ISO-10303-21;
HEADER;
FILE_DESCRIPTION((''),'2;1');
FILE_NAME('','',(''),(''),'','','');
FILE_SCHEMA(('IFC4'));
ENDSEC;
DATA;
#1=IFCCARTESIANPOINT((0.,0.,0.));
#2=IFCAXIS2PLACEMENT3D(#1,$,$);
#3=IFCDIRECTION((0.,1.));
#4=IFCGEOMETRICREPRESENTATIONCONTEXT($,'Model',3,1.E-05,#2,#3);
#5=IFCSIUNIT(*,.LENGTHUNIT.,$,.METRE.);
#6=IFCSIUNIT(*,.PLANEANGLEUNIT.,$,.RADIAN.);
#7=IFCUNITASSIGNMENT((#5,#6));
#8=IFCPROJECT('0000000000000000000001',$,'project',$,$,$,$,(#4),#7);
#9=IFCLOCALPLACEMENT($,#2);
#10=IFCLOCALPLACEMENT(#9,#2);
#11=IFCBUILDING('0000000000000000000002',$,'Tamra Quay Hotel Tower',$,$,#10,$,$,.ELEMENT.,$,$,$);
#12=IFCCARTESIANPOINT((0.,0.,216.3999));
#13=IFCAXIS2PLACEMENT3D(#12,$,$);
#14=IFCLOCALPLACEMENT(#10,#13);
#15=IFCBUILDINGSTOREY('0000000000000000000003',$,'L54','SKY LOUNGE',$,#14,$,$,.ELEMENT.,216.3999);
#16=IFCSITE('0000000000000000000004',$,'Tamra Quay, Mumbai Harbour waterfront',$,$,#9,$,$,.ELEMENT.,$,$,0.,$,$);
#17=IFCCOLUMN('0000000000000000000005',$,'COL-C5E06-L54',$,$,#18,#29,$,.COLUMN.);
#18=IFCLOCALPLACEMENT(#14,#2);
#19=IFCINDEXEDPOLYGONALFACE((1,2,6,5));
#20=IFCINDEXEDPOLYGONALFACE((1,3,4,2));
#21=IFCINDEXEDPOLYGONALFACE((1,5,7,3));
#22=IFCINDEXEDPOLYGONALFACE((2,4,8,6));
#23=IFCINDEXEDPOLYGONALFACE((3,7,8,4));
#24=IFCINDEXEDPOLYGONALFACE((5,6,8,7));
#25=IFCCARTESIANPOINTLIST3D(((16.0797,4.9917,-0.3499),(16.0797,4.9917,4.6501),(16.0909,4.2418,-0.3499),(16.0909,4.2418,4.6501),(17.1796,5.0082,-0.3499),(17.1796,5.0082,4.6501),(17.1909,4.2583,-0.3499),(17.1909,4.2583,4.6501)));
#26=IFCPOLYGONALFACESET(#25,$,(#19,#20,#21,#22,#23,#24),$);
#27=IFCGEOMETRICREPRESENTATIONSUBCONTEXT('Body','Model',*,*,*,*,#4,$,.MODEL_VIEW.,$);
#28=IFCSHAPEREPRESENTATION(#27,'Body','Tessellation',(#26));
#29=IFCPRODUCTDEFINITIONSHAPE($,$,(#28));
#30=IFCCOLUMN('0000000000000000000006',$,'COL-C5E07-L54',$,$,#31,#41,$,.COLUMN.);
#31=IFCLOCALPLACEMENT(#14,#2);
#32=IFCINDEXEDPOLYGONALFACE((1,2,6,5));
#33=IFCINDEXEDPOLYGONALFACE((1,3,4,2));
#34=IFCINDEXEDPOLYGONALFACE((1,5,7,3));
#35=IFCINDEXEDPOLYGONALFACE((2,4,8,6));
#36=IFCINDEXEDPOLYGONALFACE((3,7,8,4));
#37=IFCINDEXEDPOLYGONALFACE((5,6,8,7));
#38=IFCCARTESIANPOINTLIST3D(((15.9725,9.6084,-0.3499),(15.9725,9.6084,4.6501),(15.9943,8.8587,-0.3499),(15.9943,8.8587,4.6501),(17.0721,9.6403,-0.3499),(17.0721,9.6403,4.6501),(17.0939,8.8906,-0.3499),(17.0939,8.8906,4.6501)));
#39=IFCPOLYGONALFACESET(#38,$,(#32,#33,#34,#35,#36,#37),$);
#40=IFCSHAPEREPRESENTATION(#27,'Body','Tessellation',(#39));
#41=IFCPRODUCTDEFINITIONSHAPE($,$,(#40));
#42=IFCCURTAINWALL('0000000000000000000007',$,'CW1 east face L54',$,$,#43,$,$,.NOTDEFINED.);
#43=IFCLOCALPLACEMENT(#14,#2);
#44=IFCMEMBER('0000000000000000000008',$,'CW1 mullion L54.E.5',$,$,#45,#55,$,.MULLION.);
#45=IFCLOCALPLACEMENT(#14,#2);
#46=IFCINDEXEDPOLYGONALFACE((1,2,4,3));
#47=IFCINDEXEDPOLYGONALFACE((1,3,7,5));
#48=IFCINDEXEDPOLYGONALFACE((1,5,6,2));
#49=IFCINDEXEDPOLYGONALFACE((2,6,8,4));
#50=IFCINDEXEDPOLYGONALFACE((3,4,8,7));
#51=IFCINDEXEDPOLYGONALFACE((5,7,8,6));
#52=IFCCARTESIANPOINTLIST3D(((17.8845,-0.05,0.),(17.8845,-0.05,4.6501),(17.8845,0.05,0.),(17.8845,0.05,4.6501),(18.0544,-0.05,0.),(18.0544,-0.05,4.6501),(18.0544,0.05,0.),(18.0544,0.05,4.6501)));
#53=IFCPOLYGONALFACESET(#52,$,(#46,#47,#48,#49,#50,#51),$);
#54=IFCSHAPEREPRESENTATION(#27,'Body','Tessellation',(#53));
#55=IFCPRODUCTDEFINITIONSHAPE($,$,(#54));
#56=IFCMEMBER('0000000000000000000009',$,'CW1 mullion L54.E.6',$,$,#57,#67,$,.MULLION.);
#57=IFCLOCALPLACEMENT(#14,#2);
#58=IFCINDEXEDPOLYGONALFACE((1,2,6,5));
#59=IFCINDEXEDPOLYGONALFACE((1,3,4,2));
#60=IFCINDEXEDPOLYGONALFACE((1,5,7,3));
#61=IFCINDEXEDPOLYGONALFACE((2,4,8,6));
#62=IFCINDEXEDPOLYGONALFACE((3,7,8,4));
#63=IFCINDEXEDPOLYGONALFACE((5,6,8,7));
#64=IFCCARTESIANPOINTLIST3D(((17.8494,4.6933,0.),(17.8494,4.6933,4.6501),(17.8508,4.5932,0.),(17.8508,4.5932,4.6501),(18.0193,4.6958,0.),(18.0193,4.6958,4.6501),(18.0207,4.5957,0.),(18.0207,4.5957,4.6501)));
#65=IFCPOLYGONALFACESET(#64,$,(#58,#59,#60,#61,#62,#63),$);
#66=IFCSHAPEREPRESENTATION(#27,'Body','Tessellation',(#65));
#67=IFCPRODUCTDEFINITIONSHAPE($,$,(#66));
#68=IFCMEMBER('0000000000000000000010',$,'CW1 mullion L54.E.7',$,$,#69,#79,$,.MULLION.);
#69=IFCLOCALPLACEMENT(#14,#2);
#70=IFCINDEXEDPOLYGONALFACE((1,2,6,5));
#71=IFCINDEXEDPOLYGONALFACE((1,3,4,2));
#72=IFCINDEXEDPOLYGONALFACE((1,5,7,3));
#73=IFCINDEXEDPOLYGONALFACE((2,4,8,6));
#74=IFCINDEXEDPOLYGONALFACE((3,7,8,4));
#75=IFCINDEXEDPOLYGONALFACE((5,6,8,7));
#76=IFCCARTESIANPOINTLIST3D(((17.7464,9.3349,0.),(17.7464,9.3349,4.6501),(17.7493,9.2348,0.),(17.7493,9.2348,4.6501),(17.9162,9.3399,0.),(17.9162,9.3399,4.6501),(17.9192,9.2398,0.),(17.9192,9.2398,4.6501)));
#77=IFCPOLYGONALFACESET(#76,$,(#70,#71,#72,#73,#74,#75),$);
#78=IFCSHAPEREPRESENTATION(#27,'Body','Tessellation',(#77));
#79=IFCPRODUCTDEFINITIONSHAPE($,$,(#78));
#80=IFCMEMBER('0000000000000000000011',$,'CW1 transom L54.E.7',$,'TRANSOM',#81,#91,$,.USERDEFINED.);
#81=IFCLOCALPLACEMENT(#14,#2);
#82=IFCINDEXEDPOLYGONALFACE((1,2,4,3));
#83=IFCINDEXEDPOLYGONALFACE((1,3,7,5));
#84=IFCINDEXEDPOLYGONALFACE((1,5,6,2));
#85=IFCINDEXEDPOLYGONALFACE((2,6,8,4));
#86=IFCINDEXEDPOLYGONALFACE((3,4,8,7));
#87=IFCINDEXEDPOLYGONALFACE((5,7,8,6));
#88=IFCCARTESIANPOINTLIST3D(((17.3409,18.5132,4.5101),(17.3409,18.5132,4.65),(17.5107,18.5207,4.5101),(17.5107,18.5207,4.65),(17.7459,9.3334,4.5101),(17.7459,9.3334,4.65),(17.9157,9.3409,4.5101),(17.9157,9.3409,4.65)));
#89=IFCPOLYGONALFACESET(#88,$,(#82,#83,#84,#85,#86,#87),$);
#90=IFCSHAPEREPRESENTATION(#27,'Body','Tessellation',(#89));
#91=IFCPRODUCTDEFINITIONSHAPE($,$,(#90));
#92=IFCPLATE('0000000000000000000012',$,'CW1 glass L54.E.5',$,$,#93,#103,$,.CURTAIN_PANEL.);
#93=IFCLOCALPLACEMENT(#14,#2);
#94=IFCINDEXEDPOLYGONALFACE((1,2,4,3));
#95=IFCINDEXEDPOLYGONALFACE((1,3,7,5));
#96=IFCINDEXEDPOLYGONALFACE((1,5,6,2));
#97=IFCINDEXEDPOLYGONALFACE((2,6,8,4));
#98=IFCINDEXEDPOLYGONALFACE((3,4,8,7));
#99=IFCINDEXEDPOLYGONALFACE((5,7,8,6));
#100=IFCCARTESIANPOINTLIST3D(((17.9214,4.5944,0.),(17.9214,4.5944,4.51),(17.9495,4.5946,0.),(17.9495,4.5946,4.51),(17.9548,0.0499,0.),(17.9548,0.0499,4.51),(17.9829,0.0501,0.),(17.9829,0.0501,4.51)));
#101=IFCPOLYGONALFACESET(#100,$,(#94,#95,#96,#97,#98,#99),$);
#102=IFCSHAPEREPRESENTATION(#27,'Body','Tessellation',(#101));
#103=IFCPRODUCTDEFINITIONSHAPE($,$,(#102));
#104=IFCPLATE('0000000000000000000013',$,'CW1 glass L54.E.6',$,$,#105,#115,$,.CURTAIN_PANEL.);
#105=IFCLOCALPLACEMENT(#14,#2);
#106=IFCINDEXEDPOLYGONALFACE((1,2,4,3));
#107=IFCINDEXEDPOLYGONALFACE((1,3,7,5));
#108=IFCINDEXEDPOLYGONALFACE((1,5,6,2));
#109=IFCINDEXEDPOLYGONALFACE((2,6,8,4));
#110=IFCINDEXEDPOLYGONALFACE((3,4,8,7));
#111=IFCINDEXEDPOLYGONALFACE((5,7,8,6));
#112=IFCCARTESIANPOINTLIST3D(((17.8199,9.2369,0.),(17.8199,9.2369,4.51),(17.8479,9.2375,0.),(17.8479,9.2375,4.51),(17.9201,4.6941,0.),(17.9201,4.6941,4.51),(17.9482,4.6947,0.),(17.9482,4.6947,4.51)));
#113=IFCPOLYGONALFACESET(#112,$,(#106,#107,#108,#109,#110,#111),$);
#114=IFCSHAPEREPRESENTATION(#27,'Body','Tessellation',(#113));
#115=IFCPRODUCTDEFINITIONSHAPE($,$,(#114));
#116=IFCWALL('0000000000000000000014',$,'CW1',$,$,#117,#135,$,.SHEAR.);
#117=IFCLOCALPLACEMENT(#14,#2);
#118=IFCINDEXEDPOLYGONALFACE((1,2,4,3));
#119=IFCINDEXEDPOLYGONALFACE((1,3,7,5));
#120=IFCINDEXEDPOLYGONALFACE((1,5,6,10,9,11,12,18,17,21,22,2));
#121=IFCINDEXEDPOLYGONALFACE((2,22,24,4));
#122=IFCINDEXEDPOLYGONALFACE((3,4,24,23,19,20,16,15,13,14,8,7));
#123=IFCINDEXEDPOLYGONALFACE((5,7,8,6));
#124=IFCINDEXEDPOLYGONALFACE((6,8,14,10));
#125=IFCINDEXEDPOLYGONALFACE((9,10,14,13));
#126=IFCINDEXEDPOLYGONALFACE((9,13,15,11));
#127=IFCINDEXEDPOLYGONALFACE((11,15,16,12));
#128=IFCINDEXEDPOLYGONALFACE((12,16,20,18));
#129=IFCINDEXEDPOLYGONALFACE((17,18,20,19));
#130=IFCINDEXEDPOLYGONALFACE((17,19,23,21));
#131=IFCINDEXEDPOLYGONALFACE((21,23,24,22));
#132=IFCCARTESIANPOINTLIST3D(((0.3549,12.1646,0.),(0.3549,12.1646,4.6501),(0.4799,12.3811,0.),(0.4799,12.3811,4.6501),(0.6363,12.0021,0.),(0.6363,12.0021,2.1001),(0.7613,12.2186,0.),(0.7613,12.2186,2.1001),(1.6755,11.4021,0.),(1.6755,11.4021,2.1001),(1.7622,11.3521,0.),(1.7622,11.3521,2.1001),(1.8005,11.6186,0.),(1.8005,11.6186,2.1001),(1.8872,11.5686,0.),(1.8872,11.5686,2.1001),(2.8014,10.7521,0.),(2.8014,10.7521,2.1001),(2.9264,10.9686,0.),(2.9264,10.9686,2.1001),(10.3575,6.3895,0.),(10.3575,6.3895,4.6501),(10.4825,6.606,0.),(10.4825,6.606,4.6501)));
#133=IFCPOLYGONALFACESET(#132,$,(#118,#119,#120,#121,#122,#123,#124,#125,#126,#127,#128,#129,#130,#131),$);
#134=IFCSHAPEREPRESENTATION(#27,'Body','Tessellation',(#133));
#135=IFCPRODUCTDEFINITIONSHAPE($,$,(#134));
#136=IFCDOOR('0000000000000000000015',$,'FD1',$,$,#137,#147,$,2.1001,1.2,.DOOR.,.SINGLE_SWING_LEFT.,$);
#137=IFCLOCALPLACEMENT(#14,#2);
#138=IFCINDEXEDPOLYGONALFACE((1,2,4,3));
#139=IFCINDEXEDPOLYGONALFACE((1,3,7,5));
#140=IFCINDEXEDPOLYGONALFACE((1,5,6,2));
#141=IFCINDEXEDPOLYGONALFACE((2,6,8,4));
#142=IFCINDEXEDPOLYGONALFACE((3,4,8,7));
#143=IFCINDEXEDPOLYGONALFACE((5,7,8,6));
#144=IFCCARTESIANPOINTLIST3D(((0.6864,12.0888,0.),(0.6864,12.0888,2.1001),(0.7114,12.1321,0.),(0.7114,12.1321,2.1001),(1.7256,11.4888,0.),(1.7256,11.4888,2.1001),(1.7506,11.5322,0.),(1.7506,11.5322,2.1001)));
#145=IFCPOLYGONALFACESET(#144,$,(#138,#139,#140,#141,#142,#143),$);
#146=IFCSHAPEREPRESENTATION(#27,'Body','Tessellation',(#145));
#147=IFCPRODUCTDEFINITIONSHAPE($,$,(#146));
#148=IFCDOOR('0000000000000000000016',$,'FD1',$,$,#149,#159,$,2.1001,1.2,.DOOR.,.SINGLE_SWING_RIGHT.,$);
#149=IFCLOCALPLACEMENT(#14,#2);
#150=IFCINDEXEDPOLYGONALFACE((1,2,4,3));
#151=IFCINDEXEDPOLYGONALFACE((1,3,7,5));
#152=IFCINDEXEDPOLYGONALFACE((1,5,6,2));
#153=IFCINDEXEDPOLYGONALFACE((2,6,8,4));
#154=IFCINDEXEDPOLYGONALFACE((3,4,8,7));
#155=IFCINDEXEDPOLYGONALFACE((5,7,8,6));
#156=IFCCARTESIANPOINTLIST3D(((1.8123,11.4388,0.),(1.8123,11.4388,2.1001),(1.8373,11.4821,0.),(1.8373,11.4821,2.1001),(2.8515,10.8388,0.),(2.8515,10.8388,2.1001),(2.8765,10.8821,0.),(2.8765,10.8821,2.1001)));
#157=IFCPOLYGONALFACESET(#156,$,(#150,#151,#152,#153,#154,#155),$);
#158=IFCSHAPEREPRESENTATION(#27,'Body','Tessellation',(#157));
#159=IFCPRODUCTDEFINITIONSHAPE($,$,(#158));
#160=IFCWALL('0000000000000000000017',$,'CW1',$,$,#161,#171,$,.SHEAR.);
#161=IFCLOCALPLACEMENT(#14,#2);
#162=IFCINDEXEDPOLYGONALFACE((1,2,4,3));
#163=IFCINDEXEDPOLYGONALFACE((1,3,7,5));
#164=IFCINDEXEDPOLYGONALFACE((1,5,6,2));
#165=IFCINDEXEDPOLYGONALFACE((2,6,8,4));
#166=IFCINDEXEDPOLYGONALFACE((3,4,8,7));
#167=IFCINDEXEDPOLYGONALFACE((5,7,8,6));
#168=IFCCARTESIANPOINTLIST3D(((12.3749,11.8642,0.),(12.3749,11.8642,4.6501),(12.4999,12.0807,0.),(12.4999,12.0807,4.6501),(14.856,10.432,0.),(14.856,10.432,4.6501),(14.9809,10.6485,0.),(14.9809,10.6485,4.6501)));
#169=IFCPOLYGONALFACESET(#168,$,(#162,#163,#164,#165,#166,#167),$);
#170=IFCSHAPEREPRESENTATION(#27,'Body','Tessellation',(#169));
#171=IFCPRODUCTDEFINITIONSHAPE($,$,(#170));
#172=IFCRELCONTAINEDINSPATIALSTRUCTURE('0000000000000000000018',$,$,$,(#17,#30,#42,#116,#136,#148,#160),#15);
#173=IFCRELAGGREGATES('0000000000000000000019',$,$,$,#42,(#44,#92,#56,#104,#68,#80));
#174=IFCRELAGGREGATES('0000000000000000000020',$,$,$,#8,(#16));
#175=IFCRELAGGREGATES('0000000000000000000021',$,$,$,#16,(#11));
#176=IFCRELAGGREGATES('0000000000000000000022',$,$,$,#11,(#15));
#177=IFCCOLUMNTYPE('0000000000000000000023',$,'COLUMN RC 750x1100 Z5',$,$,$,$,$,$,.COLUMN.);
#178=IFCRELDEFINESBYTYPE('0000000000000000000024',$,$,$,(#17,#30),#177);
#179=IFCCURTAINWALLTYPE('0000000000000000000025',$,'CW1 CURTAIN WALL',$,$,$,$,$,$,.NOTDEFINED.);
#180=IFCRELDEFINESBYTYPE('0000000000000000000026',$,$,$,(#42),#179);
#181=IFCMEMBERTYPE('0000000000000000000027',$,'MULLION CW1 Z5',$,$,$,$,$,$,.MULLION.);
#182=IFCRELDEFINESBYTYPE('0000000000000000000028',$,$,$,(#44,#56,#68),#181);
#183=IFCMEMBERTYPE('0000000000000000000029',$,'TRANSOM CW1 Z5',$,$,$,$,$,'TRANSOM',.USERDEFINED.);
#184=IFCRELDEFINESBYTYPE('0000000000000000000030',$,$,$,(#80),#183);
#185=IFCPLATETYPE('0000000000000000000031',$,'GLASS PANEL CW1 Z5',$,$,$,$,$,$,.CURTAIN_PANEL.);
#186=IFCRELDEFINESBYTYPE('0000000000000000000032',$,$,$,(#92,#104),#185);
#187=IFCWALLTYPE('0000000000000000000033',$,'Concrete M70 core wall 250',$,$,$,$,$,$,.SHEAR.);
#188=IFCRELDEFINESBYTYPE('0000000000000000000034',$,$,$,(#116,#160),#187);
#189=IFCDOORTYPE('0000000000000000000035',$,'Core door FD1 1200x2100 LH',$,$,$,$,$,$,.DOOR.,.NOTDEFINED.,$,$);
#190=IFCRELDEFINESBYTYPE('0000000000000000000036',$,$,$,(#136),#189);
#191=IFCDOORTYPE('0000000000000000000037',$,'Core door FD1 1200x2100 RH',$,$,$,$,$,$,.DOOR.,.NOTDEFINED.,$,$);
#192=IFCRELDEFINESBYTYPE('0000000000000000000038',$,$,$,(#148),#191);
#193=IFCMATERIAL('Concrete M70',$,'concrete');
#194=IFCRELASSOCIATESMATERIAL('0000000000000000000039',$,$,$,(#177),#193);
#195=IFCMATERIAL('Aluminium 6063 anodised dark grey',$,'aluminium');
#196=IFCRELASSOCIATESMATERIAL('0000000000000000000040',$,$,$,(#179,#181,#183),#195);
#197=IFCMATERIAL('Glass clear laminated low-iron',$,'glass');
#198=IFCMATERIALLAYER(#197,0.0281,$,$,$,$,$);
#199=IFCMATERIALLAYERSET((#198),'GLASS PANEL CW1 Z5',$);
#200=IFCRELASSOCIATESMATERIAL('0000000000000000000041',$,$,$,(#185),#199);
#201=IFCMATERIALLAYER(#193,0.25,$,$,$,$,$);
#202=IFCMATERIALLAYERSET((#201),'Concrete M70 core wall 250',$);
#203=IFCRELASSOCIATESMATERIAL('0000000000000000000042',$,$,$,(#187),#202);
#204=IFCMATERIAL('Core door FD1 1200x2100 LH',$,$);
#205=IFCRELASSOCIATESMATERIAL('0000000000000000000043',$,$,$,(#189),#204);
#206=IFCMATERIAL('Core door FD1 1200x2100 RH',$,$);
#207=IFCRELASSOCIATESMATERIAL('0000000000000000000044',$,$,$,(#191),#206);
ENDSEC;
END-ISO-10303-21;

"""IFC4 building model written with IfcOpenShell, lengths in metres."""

from ifc_helpers import new_model, si_unit, direction, frame, frame_2d, origin, origin_2d, place, context, subcontext, project, spatial, rectangle, extrude, material, layer, layer_set, material_profile, profile_set, type_object, element, fill, aggregate, save


model = new_model("IFC4")

# Units and contexts
model_context = context("Model", 3, precision=1e-05, world=origin(), true_north=direction((0.0, 1.0)))
body_context = subcontext(model_context, "Body", "Model", "MODEL_VIEW")
ifc_project = project(units=[si_unit("LENGTHUNIT", "METRE"), si_unit("PLANEANGLEUNIT", "RADIAN")], contexts=[model_context])

# Site, building, storey
site_placement = place(None, origin())
site = spatial("IfcSite", under=ifc_project, at=site_placement, Name="Tamra Quay, Mumbai Harbour waterfront", CompositionType="ELEMENT", RefElevation=0.0)
building_placement = place(site_placement, origin())
building = spatial("IfcBuilding", under=site, at=building_placement, Name="Tamra Quay Hotel Tower", CompositionType="ELEMENT")
storey_placement = place(building_placement, frame((0.0, 0.0, 216.3999)))
storey = spatial("IfcBuildingStorey", under=building, at=storey_placement, Name="L54", Description="SKY LOUNGE", CompositionType="ELEMENT", Elevation=216.3999)

# Columns
ifc_material_1 = material(Name="Concrete M70", Category="concrete")
ifc_material_profile_1 = material_profile(ifc_material_1, rectangle(XDim=1.1001, YDim=0.75, at=origin_2d()), Name="COLUMN RC 750x1100 Z5")
ifc_profile_set_1 = profile_set([ifc_material_profile_1], Name="Concrete M70")
column_type = type_object("IfcColumnType", Name="COLUMN RC 750x1100 Z5", PredefinedType="COLUMN", material=ifc_profile_set_1)
for number, where, z_axis, x_axis, name in (
    (1, (16.6353, 4.625, -0.3499), (0.0, 0.0, 1.0), (0.999888, 0.014959, 0.0), "COL-C5E06-L54"),
    (2, (16.5332, 9.2495, -0.3499), (0.0, 0.0, 1.0), (0.999579, 0.029028, 0.0), "COL-C5E07-L54"),
):
    element("IfcColumn", number, at=place(storey_placement, frame(where, z_axis=z_axis, x_axis=x_axis)), inside=storey, type_object=column_type, Name=name, PredefinedType="COLUMN", context=body_context, shape_type="SweptSolid", body=[
        extrude(rectangle(XDim=1.1001, YDim=0.75, at=origin_2d()), origin(), (0.0, 0.0, 1.0), 5.0),
    ])

# Curtain wall, members, plates
ifc_material_2 = material(Name="Aluminium 6063 anodised dark grey", Category="aluminium")
curtain_wall_type = type_object("IfcCurtainWallType", Name="CW1 CURTAIN WALL", PredefinedType="NOTDEFINED", material=ifc_material_2)
curtain_wall_placement = place(storey_placement, origin())
curtain_wall = element("IfcCurtainWall", 3, at=curtain_wall_placement, inside=storey, type_object=curtain_wall_type, Name="CW1 east face L54", PredefinedType="NOTDEFINED")
ifc_material_profile_2 = material_profile(ifc_material_2, rectangle(XDim=0.1699, YDim=0.1001, at=origin_2d()), Name="MULLION 100X170")
ifc_profile_set_2 = profile_set([ifc_material_profile_2], Name="Aluminium 6063 anodised dark grey")
member_type_1 = type_object("IfcMemberType", Name="MULLION CW1 Z5", PredefinedType="MULLION", material=ifc_profile_set_2)
member_1_placement = place(storey_placement, frame((17.9695, 0.0, 0.0), z_axis=(0.0, 0.0, 1.0), x_axis=(1.0, 0.0, 0.0)))
member_1 = element("IfcMember", 4, at=member_1_placement, type_object=member_type_1, Name="CW1 mullion L54.E.5", PredefinedType="MULLION", context=body_context, shape_type="SweptSolid", body=[
    extrude(rectangle(XDim=0.1699, YDim=0.1001, at=origin_2d()), origin(), (0.0, 0.0, 1.0), 4.6501),
])
member_2_placement = place(storey_placement, frame((17.9351, 4.6445, 0.0), z_axis=(0.0, 0.0, 1.0), x_axis=(0.999892, 0.014713, 0.0)))
member_2 = element("IfcMember", 5, at=member_2_placement, type_object=member_type_1, Name="CW1 mullion L54.E.6", PredefinedType="MULLION", context=body_context, shape_type="SweptSolid", body=[
    extrude(rectangle(XDim=0.1699, YDim=0.1001, at=origin_2d()), origin(), (0.0, 0.0, 1.0), 4.6501),
])
member_3_placement = place(storey_placement, frame((17.8328, 9.2874, 0.0), z_axis=(0.0, 0.0, 1.0), x_axis=(0.999568, 0.029405, 0.0)))
member_3 = element("IfcMember", 6, at=member_3_placement, type_object=member_type_1, Name="CW1 mullion L54.E.7", PredefinedType="MULLION", context=body_context, shape_type="SweptSolid", body=[
    extrude(rectangle(XDim=0.1699, YDim=0.1001, at=origin_2d()), origin(), (0.0, 0.0, 1.0), 4.6501),
])
ifc_material_profile_3 = material_profile(ifc_material_2, rectangle(XDim=0.1699, YDim=0.1399, at=origin_2d()), Name="TRANSOM 170X140")
ifc_profile_set_3 = profile_set([ifc_material_profile_3], Name="Aluminium 6063 anodised dark grey")
member_type_2 = type_object("IfcMemberType", Name="TRANSOM CW1 Z5", ElementType="TRANSOM", PredefinedType="USERDEFINED", material=ifc_profile_set_3)
member_4_placement = place(storey_placement, frame((17.8308, 9.3372, 4.5801), z_axis=(-0.044079, 0.999028, 0.0), x_axis=(-0.999028, -0.044079, 0.0)))
member_4 = element("IfcMember", 7, at=member_4_placement, type_object=member_type_2, Name="CW1 transom L54.E.7", ObjectType="TRANSOM", PredefinedType="USERDEFINED", context=body_context, shape_type="SweptSolid", body=[
    extrude(rectangle(XDim=0.1699, YDim=0.1399, at=origin_2d()), origin(), (0.0, 0.0, 1.0), 9.1887),
])
ifc_material_3 = material(Name="Glass clear laminated low-iron", Category="glass")
ifc_layer_1 = layer(ifc_material_3, 0.0281)
ifc_layer_set_1 = layer_set([ifc_layer_1], Name="GLASS PANEL CW1 Z5")
plate_type = type_object("IfcPlateType", Name="GLASS PANEL CW1 Z5", PredefinedType="CURTAIN_PANEL", material=ifc_layer_set_1)
plate_1_placement = place(storey_placement, frame((17.9521, 2.3223, 0.0), z_axis=(0.0, 0.0, 1.0), x_axis=(-0.007362, 0.999973, 0.0)))
plate_1 = element("IfcPlate", 8, at=plate_1_placement, type_object=plate_type, Name="CW1 glass L54.E.5", PredefinedType="CURTAIN_PANEL", context=body_context, shape_type="SweptSolid", body=[
    extrude(rectangle(XDim=4.5447, YDim=0.0281, at=origin_2d()), origin(), (0.0, 0.0, 1.0), 4.51),
])
plate_2_placement = place(storey_placement, frame((17.884, 6.9658, 0.0), z_axis=(0.0, 0.0, 1.0), x_axis=(-0.022063, 0.999757, 0.0)))
plate_2 = element("IfcPlate", 9, at=plate_2_placement, type_object=plate_type, Name="CW1 glass L54.E.6", PredefinedType="CURTAIN_PANEL", context=body_context, shape_type="SweptSolid", body=[
    extrude(rectangle(XDim=4.5439, YDim=0.0281, at=origin_2d()), origin(), (0.0, 0.0, 1.0), 4.51),
])
aggregate(curtain_wall, [member_1, plate_1, member_2, plate_2, member_3, member_4])

# Wall, openings, doors
ifc_layer_2 = layer(ifc_material_1, 0.25)
ifc_layer_set_2 = layer_set([ifc_layer_2], Name="Concrete M70 core wall 250")
wall_type_1 = type_object("IfcWallType", Name="Concrete M70 core wall 250", PredefinedType="SHEAR", material=ifc_layer_set_2)
wall_1_placement = place(storey_placement, frame((10.4199, 6.4978, 0.0), z_axis=(0.0, 0.0, 1.0), x_axis=(-0.866022, 0.500006, 0.0)))
wall_1 = element("IfcWall", 10, at=wall_1_placement, inside=storey, type_object=wall_type_1, Name="CW1", PredefinedType="SHEAR", context=body_context, shape_type="SweptSolid", body=[
    extrude(rectangle(XDim=11.55, YDim=0.25, at=frame_2d((5.7749, 0.0))), origin(), (0.0, 0.0, 1.0), 4.6501),
])
opening_1_placement = place(wall_1_placement, frame((10.0249, 0.0, 0.0)))
opening_1 = element("IfcOpeningElement", 11, at=opening_1_placement, cuts=wall_1, PredefinedType="OPENING", context=body_context, shape_type="SweptSolid", body=[
    extrude(rectangle(XDim=1.2, YDim=2.1001, at=frame_2d((0.6001, 1.05))), frame((0.0, 0.135, 0.0), z_axis=(0.0, -1.0, 0.0), x_axis=(1.0, 0.0, 0.0)), (0.0, 0.0, 1.0), 0.27),
])
opening_2_placement = place(wall_1_placement, frame((8.7249, 0.0, 0.0)))
opening_2 = element("IfcOpeningElement", 12, at=opening_2_placement, cuts=wall_1, PredefinedType="OPENING", context=body_context, shape_type="SweptSolid", body=[
    extrude(rectangle(XDim=1.2, YDim=2.1001, at=frame_2d((0.6001, 1.05))), frame((0.0, 0.135, 0.0), z_axis=(0.0, -1.0, 0.0), x_axis=(1.0, 0.0, 0.0)), (0.0, 0.0, 1.0), 0.27),
])
ifc_material_4 = material(Name="Core door FD1 1200x2100 LH")
door_type_1 = type_object("IfcDoorType", Name="Core door FD1 1200x2100 LH", OperationType="NOTDEFINED", PredefinedType="DOOR", material=ifc_material_4)
door_1_placement = place(opening_1_placement, origin())
door_1 = element("IfcDoor", 13, at=door_1_placement, inside=storey, type_object=door_type_1, Name="FD1", OperationType="SINGLE_SWING_LEFT", OverallHeight=2.1001, OverallWidth=1.2, PredefinedType="DOOR", context=body_context, shape_type="SweptSolid", body=[
    extrude(rectangle(XDim=1.2, YDim=2.1001, at=frame_2d((0.6001, 1.05))), frame((0.0, 0.0249, 0.0), z_axis=(0.0, -1.0, 0.0), x_axis=(1.0, 0.0, 0.0)), (0.0, 0.0, 1.0), 0.05),
])
fill(opening_1, door_1)
ifc_material_5 = material(Name="Core door FD1 1200x2100 RH")
door_type_2 = type_object("IfcDoorType", Name="Core door FD1 1200x2100 RH", OperationType="NOTDEFINED", PredefinedType="DOOR", material=ifc_material_5)
door_2_placement = place(opening_2_placement, origin())
door_2 = element("IfcDoor", 14, at=door_2_placement, inside=storey, type_object=door_type_2, Name="FD1", OperationType="SINGLE_SWING_RIGHT", OverallHeight=2.1001, OverallWidth=1.2, PredefinedType="DOOR", context=body_context, shape_type="SweptSolid", body=[
    extrude(rectangle(XDim=1.2, YDim=2.1001, at=frame_2d((0.6001, 1.05))), frame((0.0, 0.0249, 0.0), z_axis=(0.0, -1.0, 0.0), x_axis=(1.0, 0.0, 0.0)), (0.0, 0.0, 1.0), 0.05),
])
fill(opening_2, door_2)

# Wall
wall_2_placement = place(storey_placement, frame((14.9185, 10.5403, 0.0), z_axis=(0.0, 0.0, 1.0), x_axis=(-0.866064, 0.499934, 0.0)))
element("IfcWall", 15, at=wall_2_placement, inside=storey, type_object=wall_type_1, Name="CW1", PredefinedType="SHEAR", context=body_context, shape_type="SweptSolid", body=[
    extrude(rectangle(XDim=2.8647, YDim=0.25, at=frame_2d((1.4324, 0.0))), origin(), (0.0, 0.0, 1.0), 4.6501),
])

save(model, "model.ifc")
